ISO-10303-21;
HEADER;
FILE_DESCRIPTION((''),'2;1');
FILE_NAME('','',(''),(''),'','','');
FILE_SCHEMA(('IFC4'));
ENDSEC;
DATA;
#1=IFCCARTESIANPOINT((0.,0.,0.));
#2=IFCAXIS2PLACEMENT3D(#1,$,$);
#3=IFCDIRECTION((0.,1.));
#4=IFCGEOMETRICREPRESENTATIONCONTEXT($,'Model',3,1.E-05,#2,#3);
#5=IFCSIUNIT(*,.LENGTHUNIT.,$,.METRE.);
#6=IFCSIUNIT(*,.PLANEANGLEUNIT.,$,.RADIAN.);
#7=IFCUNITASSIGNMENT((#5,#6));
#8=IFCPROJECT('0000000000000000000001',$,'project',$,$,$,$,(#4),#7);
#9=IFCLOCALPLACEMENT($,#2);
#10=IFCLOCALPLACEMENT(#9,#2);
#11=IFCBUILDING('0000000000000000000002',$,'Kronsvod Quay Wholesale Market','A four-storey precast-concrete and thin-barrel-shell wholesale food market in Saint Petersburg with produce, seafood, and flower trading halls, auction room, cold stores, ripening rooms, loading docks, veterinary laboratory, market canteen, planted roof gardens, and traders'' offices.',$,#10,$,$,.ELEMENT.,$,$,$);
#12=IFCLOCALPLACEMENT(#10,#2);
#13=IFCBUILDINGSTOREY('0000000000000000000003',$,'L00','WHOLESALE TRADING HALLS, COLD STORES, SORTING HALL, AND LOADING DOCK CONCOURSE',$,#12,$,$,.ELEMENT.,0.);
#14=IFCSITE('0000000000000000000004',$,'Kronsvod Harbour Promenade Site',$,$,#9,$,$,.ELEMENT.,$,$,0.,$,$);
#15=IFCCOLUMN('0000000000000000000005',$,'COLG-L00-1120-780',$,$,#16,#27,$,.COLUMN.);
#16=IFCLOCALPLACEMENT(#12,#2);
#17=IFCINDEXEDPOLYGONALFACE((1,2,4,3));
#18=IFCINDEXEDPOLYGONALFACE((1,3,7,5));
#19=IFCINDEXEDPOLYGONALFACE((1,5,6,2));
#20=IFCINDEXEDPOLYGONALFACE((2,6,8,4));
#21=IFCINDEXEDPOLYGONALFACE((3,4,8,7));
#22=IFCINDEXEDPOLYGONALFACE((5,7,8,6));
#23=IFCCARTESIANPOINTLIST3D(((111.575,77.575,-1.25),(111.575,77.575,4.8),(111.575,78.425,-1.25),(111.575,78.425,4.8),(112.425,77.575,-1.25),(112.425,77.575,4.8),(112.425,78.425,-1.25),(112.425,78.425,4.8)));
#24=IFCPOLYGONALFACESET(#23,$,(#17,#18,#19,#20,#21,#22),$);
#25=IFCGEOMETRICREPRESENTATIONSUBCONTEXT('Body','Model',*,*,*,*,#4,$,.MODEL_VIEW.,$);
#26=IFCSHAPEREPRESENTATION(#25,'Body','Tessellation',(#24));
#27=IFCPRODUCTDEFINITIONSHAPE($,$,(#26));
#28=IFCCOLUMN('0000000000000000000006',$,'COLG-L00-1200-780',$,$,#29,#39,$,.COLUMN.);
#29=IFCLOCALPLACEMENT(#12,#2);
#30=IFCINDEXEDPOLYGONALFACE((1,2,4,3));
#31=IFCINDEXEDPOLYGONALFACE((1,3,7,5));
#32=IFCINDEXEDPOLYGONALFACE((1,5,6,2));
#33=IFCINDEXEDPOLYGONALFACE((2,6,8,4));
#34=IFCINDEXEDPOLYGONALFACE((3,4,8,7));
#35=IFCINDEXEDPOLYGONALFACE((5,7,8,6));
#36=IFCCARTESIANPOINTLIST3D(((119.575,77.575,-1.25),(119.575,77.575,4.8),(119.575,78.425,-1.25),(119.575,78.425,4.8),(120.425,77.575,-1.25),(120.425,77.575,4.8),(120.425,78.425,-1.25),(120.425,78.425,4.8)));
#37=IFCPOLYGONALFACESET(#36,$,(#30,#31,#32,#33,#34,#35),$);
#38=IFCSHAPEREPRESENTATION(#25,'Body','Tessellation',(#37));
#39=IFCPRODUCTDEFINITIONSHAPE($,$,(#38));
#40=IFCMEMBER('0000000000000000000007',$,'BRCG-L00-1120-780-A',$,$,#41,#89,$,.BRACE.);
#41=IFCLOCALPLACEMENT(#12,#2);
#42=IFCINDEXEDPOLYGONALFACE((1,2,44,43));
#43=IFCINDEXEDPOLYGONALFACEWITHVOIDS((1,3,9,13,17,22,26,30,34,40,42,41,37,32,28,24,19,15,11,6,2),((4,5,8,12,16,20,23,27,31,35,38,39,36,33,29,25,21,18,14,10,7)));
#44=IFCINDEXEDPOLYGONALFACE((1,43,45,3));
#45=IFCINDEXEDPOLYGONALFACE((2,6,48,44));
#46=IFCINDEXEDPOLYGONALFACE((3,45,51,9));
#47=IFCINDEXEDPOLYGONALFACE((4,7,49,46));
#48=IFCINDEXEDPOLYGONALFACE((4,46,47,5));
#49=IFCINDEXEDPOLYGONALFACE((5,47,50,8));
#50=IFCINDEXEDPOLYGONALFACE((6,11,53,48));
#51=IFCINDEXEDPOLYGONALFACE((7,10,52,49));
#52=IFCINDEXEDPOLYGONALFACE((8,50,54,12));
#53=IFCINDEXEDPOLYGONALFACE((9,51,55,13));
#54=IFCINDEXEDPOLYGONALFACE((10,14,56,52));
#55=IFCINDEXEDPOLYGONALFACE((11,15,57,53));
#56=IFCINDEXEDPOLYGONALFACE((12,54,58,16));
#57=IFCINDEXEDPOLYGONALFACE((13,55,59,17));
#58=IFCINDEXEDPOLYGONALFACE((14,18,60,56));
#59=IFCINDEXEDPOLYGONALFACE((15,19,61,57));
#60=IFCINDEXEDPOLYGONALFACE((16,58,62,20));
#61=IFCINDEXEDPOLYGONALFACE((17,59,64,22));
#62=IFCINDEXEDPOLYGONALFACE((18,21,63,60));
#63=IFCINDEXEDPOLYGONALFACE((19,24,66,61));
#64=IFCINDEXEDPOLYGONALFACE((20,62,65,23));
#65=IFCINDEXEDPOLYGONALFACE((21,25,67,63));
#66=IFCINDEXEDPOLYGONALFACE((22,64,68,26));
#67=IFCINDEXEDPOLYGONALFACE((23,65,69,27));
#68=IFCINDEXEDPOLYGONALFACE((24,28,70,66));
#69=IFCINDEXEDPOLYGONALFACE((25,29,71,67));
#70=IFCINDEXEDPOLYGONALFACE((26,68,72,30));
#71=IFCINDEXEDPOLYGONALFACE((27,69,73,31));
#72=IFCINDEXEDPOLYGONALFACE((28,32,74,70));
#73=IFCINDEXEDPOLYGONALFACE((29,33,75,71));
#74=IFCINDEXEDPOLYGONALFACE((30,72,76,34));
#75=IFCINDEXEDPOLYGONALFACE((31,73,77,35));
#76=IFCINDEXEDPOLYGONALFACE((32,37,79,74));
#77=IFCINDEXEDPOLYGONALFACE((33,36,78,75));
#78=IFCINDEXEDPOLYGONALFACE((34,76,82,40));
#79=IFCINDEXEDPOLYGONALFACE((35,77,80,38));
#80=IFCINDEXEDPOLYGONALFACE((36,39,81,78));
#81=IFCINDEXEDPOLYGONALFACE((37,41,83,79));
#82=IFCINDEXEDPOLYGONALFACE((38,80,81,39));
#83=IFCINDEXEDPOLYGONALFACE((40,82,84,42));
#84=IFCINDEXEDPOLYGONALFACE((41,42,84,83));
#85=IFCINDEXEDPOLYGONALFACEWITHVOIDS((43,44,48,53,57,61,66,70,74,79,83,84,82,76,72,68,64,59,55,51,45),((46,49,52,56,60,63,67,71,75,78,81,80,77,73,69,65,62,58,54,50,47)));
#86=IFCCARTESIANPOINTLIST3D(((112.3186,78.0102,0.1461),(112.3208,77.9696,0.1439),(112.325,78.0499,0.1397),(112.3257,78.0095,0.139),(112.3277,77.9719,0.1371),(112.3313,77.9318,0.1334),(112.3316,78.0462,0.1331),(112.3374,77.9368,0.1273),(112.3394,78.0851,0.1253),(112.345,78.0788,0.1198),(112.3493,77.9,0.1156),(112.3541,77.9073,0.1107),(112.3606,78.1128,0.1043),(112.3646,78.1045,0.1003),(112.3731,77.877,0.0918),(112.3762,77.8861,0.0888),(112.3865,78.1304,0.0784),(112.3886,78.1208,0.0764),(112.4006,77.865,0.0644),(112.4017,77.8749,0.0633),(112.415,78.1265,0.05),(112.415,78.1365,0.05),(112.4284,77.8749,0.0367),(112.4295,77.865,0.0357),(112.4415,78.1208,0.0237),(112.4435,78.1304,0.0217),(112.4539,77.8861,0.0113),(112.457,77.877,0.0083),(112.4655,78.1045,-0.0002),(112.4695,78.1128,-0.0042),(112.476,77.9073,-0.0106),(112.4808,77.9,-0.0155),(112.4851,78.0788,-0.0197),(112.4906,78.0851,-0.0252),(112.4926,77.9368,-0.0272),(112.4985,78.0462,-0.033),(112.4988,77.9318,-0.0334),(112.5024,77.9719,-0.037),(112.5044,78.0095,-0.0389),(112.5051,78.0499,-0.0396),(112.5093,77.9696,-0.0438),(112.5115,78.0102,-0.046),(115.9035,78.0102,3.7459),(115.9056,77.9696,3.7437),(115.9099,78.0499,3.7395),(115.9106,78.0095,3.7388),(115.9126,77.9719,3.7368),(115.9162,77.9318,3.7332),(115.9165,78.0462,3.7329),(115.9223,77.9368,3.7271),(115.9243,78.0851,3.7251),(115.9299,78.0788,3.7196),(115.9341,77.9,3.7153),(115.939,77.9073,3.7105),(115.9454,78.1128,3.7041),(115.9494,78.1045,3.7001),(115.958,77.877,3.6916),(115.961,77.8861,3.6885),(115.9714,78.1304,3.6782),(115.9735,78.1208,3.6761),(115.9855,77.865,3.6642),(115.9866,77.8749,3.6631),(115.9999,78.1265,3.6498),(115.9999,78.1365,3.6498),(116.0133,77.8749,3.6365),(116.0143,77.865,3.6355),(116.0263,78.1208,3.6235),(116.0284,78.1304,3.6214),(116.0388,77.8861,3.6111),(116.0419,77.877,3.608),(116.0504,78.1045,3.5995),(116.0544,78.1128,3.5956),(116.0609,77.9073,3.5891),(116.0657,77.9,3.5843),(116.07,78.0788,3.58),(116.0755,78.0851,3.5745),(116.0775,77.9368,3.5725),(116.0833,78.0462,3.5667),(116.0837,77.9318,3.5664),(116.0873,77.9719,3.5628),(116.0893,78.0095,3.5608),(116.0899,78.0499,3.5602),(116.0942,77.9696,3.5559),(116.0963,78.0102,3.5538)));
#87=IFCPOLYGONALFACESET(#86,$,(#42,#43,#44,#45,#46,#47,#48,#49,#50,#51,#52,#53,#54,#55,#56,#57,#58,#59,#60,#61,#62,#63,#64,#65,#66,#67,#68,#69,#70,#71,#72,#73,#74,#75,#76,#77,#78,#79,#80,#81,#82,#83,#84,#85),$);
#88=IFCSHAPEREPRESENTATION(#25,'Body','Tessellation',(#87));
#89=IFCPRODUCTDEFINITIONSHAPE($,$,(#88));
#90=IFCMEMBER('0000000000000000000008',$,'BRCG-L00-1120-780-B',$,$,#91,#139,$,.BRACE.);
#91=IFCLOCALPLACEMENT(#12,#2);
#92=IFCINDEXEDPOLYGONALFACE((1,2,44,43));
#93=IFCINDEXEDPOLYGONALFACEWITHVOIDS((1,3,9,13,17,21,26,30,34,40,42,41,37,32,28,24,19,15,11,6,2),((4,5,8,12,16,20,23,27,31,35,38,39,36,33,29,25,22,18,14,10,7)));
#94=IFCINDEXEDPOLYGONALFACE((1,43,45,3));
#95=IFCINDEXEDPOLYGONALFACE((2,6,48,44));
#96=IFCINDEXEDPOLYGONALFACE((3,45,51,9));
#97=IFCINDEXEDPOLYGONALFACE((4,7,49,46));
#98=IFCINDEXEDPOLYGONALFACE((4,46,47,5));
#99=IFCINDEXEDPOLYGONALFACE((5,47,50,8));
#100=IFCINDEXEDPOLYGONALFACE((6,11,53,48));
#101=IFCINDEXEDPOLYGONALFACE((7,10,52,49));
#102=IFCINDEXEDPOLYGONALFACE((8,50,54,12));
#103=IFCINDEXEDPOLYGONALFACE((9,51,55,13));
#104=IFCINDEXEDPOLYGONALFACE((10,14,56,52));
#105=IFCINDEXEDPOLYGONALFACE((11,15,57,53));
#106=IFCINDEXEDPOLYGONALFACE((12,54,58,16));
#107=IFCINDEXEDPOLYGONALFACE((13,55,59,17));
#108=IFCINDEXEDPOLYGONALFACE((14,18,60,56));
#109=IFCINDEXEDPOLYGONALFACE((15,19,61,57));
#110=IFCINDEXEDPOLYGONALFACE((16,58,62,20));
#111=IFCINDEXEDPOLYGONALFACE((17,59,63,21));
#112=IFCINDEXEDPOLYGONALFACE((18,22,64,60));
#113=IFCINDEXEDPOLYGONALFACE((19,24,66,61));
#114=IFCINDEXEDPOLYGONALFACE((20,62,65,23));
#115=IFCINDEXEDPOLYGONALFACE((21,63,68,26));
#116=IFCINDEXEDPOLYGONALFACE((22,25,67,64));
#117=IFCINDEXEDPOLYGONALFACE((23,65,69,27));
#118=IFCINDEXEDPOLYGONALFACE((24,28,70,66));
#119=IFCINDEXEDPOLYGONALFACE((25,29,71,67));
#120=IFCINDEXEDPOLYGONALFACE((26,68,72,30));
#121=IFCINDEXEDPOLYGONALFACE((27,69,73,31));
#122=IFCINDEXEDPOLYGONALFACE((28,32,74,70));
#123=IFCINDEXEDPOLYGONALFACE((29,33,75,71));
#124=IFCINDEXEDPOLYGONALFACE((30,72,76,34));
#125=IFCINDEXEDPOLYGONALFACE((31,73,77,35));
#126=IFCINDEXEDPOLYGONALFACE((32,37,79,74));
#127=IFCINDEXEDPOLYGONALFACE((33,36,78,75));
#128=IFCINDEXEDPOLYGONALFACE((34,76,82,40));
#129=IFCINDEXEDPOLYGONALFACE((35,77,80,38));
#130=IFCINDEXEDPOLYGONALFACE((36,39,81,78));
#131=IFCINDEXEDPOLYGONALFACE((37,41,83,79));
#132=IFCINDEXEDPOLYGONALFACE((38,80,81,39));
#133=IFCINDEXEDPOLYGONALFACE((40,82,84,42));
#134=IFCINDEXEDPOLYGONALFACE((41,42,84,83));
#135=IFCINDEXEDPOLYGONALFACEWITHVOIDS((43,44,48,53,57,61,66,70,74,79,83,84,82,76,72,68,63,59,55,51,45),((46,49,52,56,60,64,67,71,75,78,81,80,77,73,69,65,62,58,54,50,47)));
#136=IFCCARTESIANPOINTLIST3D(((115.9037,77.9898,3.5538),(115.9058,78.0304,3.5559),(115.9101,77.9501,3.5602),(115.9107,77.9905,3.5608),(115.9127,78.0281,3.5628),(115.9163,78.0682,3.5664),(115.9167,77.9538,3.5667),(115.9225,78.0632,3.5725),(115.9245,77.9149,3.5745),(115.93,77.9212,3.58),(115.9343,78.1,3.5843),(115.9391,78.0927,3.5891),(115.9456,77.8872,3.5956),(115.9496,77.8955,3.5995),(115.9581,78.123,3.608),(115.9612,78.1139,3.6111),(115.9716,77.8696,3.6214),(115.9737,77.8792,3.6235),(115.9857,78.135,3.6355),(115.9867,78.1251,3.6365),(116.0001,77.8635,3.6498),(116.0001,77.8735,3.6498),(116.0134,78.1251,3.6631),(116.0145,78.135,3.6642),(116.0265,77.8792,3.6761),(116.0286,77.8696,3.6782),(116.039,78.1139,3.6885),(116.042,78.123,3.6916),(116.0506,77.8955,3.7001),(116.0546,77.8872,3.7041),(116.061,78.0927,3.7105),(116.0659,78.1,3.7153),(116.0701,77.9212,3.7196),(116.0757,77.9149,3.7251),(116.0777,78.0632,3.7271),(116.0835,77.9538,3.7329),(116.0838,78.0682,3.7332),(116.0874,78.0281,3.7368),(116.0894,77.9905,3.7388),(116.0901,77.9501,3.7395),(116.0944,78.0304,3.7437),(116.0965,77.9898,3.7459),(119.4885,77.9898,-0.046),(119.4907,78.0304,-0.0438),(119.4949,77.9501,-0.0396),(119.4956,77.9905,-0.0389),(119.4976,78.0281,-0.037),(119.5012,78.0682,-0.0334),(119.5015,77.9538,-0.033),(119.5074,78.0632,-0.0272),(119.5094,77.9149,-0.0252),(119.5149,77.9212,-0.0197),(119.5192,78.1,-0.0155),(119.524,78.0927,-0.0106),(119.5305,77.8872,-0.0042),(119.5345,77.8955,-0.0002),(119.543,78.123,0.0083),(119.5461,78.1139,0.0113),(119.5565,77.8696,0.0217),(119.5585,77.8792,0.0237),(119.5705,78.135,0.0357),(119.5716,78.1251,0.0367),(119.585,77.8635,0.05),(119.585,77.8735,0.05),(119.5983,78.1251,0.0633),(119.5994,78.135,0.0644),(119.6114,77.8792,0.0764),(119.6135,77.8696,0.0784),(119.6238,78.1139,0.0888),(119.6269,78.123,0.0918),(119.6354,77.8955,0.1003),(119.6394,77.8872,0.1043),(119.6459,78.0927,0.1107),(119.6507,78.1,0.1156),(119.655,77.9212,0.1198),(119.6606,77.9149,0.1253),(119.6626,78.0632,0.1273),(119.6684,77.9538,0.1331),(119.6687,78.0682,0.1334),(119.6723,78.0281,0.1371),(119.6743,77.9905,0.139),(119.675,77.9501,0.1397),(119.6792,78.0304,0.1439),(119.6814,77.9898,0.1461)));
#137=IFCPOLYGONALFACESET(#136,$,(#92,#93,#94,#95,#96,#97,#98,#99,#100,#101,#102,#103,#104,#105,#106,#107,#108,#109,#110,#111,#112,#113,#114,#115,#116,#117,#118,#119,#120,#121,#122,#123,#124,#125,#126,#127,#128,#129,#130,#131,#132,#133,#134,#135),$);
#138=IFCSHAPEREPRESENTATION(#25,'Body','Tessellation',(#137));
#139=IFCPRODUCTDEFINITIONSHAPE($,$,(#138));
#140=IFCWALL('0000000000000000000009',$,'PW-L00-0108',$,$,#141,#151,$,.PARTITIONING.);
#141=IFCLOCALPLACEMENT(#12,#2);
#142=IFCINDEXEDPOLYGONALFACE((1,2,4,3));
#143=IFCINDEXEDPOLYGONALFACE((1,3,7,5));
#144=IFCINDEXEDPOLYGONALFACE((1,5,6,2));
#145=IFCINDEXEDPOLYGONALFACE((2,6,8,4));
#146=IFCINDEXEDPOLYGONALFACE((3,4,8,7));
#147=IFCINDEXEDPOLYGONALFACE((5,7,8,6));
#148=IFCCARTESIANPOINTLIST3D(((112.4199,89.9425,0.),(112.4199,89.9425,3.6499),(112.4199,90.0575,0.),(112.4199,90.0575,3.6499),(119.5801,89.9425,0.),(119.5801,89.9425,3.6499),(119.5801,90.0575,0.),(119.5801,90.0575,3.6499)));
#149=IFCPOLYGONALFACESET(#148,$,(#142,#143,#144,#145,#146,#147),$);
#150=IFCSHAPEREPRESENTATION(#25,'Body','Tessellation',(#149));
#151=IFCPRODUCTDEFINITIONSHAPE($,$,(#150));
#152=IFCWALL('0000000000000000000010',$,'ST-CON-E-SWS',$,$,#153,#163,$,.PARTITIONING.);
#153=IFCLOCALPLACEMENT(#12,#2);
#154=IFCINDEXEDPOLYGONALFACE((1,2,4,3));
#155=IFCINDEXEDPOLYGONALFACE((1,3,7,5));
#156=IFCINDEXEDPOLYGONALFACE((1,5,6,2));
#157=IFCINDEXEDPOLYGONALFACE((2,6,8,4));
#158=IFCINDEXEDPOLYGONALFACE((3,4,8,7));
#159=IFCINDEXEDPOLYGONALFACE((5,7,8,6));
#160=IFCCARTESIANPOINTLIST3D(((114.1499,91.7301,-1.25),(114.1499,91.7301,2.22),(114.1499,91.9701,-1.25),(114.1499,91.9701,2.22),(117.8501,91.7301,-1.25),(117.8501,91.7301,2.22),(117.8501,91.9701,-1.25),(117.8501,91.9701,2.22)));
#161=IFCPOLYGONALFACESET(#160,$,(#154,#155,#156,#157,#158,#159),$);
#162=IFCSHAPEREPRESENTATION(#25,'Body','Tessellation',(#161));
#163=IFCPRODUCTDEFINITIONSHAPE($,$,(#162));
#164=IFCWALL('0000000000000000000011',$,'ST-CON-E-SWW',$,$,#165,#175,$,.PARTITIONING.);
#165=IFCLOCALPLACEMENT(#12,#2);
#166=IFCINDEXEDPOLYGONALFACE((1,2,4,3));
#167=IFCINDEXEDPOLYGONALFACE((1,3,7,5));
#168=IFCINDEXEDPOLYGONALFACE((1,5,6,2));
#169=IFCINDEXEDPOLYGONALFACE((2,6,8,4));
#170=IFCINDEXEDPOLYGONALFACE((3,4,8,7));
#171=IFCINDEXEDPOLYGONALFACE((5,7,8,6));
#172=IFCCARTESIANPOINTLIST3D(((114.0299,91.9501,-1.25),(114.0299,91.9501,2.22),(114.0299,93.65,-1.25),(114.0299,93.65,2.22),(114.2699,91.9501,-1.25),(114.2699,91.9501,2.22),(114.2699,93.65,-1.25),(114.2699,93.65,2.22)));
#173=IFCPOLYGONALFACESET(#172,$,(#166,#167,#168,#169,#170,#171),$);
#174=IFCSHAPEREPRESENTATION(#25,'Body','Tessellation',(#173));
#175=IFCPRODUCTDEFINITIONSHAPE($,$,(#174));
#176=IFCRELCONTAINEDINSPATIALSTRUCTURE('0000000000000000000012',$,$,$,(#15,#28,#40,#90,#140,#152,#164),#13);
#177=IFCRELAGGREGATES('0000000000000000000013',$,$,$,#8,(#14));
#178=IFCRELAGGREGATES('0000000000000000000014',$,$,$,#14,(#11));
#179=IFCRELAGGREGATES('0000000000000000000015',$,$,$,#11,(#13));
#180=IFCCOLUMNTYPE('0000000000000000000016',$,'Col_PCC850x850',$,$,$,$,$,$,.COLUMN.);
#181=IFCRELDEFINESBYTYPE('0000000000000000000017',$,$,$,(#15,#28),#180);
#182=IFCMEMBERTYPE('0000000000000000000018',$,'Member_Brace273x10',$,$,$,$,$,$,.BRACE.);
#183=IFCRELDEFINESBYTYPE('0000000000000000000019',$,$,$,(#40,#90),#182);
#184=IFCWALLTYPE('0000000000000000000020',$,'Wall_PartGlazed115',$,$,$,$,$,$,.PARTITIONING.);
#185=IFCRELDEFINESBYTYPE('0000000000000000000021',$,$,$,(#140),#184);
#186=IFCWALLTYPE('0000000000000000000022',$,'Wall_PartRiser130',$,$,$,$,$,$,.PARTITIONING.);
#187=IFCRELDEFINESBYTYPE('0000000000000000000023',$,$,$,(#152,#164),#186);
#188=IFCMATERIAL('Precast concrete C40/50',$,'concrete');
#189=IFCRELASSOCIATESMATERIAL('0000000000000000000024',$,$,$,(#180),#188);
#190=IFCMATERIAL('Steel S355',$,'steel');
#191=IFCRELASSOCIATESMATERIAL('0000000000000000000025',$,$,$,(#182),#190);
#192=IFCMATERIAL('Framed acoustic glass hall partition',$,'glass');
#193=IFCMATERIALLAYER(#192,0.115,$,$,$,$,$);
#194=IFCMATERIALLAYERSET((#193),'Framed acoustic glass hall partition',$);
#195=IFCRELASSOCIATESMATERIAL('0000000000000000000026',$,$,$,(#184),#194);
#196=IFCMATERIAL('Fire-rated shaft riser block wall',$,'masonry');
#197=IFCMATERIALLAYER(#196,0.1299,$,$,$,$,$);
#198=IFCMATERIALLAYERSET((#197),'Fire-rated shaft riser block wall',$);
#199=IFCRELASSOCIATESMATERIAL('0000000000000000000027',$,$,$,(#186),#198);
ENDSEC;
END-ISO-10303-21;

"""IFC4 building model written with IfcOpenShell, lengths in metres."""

from ifc_helpers import new_model, si_unit, direction, frame, frame_2d, origin, origin_2d, place, context, subcontext, project, spatial, rectangle, hollow_circle, extrude, material, layer, layer_set, material_profile, profile_set, type_object, element, save


model = new_model("IFC4")

# Units and contexts
model_context = context("Model", 3, precision=1e-05, world=origin(), true_north=direction((0.0, 1.0)))
body_context = subcontext(model_context, "Body", "Model", "MODEL_VIEW")
ifc_project = project(units=[si_unit("LENGTHUNIT", "METRE"), si_unit("PLANEANGLEUNIT", "RADIAN")], contexts=[model_context])

# Site, building, storey
site_placement = place(None, origin())
site = spatial("IfcSite", under=ifc_project, at=site_placement, Name="Kronsvod Harbour Promenade Site", CompositionType="ELEMENT", RefElevation=0.0)
building_placement = place(site_placement, origin())
building = spatial("IfcBuilding", under=site, at=building_placement, Name="Kronsvod Quay Wholesale Market", Description="A four-storey precast-concrete and thin-barrel-shell wholesale food market in Saint Petersburg with produce, seafood, and flower trading halls, auction room, cold stores, ripening rooms, loading docks, veterinary laboratory, market canteen, planted roof gardens, and traders' offices.", CompositionType="ELEMENT")
storey_placement = place(building_placement, origin())
storey = spatial("IfcBuildingStorey", under=building, at=storey_placement, Name="L00", Description="WHOLESALE TRADING HALLS, COLD STORES, SORTING HALL, AND LOADING DOCK CONCOURSE", CompositionType="ELEMENT", Elevation=0.0)

# Columns
ifc_material_1 = material(Name="Precast concrete C40/50", Category="concrete")
ifc_material_profile_1 = material_profile(ifc_material_1, rectangle(XDim=0.8501, YDim=0.8501, at=origin_2d()), Name="COL-06")
ifc_profile_set_1 = profile_set([ifc_material_profile_1], Name="Precast concrete C40/50")
column_type_1 = type_object("IfcColumnType", Name="Col_PCC850x850", PredefinedType="COLUMN", material=ifc_profile_set_1)
for number, where, z_axis, x_axis, name in (
    (1, (112.0, 78.0, -1.25), (0.0, 0.0, 1.0), (1.0, 0.0, 0.0), "COLG-L00-1120-780"),
    (2, (120.0, 78.0, -1.25), (0.0, 0.0, 1.0), (1.0, 0.0, 0.0), "COLG-L00-1200-780"),
):
    element("IfcColumn", number, at=place(storey_placement, frame(where, z_axis=z_axis, x_axis=x_axis)), inside=storey, type_object=column_type_1, Name=name, PredefinedType="COLUMN", context=body_context, shape_type="SweptSolid", body=[
        extrude(rectangle(XDim=0.8501, YDim=0.8501, at=origin_2d()), origin(), (0.0, 0.0, 1.0), 6.05),
    ])

# Members
ifc_material_2 = material(Name="Steel S355", Category="steel")
ifc_material_profile_2 = material_profile(ifc_material_2, hollow_circle(Radius=0.1365, WallThickness=0.01, at=origin_2d()), Name="CHS273x10")
ifc_profile_set_2 = profile_set([ifc_material_profile_2], Name="Steel S355")
member_type = type_object("IfcMemberType", Name="Member_Brace273x10", PredefinedType="BRACE", material=ifc_profile_set_2)
for number, where, z_axis, x_axis, name in (
    (3, (112.415, 78.0, 0.05), (0.70564, 0.0, 0.708571), (0.0, 1.0, 0.0), "BRCG-L00-1120-780-A"),
    (4, (119.585, 78.0, 0.05), (-0.70564, 0.0, 0.708571), (0.0, -1.0, 0.0), "BRCG-L00-1120-780-B"),
):
    element("IfcMember", number, at=place(storey_placement, frame(where, z_axis=z_axis, x_axis=x_axis)), inside=storey, type_object=member_type, Name=name, PredefinedType="BRACE", context=body_context, shape_type="SweptSolid", body=[
        extrude(hollow_circle(Radius=0.1365, WallThickness=0.01, at=origin_2d()), origin(), (0.0, 0.0, 1.0), 5.0803),
    ])

# Walls
ifc_material_3 = material(Name="Framed acoustic glass hall partition", Category="glass")
ifc_layer_1 = layer(ifc_material_3, 0.115)
ifc_layer_set_1 = layer_set([ifc_layer_1], Name="Framed acoustic glass hall partition")
wall_type_1 = type_object("IfcWallType", Name="Wall_PartGlazed115", PredefinedType="PARTITIONING", material=ifc_layer_set_1)
wall_1_placement = place(storey_placement, frame((112.4199, 90.0, 0.0), z_axis=(0.0, 0.0, 1.0), x_axis=(1.0, 0.0, 0.0)))
element("IfcWall", 5, at=wall_1_placement, inside=storey, type_object=wall_type_1, Name="PW-L00-0108", PredefinedType="PARTITIONING", context=body_context, shape_type="SweptSolid", body=[
    extrude(rectangle(XDim=7.1602, YDim=0.115, at=frame_2d((3.5801, 0.0))), origin(), (0.0, 0.0, 1.0), 3.6499),
])
ifc_material_4 = material(Name="Fire-rated shaft riser block wall", Category="masonry")
ifc_layer_2 = layer(ifc_material_4, 0.1299)
ifc_layer_set_2 = layer_set([ifc_layer_2], Name="Fire-rated shaft riser block wall")
wall_type_2 = type_object("IfcWallType", Name="Wall_PartRiser130", PredefinedType="PARTITIONING", material=ifc_layer_set_2)
wall_2_placement = place(storey_placement, frame((114.1499, 91.8501, -1.25), z_axis=(0.0, 0.0, 1.0), x_axis=(1.0, 0.0, 0.0)))
element("IfcWall", 6, at=wall_2_placement, inside=storey, type_object=wall_type_2, Name="ST-CON-E-SWS", PredefinedType="PARTITIONING", context=body_context, shape_type="SweptSolid", body=[
    extrude(rectangle(XDim=3.7002, YDim=0.24, at=frame_2d((1.8501, 0.0))), origin(), (0.0, 0.0, 1.0), 3.47),
])
wall_3_placement = place(storey_placement, frame((114.1499, 91.95, -1.25), z_axis=(0.0, 0.0, 1.0), x_axis=(0.0, 1.0, 0.0)))
element("IfcWall", 7, at=wall_3_placement, inside=storey, type_object=wall_type_2, Name="ST-CON-E-SWW", PredefinedType="PARTITIONING", context=body_context, shape_type="SweptSolid", body=[
    extrude(rectangle(XDim=1.7, YDim=0.24, at=frame_2d((0.8501, 0.0))), origin(), (0.0, 0.0, 1.0), 3.47),
])

save(model, "model.ifc")
